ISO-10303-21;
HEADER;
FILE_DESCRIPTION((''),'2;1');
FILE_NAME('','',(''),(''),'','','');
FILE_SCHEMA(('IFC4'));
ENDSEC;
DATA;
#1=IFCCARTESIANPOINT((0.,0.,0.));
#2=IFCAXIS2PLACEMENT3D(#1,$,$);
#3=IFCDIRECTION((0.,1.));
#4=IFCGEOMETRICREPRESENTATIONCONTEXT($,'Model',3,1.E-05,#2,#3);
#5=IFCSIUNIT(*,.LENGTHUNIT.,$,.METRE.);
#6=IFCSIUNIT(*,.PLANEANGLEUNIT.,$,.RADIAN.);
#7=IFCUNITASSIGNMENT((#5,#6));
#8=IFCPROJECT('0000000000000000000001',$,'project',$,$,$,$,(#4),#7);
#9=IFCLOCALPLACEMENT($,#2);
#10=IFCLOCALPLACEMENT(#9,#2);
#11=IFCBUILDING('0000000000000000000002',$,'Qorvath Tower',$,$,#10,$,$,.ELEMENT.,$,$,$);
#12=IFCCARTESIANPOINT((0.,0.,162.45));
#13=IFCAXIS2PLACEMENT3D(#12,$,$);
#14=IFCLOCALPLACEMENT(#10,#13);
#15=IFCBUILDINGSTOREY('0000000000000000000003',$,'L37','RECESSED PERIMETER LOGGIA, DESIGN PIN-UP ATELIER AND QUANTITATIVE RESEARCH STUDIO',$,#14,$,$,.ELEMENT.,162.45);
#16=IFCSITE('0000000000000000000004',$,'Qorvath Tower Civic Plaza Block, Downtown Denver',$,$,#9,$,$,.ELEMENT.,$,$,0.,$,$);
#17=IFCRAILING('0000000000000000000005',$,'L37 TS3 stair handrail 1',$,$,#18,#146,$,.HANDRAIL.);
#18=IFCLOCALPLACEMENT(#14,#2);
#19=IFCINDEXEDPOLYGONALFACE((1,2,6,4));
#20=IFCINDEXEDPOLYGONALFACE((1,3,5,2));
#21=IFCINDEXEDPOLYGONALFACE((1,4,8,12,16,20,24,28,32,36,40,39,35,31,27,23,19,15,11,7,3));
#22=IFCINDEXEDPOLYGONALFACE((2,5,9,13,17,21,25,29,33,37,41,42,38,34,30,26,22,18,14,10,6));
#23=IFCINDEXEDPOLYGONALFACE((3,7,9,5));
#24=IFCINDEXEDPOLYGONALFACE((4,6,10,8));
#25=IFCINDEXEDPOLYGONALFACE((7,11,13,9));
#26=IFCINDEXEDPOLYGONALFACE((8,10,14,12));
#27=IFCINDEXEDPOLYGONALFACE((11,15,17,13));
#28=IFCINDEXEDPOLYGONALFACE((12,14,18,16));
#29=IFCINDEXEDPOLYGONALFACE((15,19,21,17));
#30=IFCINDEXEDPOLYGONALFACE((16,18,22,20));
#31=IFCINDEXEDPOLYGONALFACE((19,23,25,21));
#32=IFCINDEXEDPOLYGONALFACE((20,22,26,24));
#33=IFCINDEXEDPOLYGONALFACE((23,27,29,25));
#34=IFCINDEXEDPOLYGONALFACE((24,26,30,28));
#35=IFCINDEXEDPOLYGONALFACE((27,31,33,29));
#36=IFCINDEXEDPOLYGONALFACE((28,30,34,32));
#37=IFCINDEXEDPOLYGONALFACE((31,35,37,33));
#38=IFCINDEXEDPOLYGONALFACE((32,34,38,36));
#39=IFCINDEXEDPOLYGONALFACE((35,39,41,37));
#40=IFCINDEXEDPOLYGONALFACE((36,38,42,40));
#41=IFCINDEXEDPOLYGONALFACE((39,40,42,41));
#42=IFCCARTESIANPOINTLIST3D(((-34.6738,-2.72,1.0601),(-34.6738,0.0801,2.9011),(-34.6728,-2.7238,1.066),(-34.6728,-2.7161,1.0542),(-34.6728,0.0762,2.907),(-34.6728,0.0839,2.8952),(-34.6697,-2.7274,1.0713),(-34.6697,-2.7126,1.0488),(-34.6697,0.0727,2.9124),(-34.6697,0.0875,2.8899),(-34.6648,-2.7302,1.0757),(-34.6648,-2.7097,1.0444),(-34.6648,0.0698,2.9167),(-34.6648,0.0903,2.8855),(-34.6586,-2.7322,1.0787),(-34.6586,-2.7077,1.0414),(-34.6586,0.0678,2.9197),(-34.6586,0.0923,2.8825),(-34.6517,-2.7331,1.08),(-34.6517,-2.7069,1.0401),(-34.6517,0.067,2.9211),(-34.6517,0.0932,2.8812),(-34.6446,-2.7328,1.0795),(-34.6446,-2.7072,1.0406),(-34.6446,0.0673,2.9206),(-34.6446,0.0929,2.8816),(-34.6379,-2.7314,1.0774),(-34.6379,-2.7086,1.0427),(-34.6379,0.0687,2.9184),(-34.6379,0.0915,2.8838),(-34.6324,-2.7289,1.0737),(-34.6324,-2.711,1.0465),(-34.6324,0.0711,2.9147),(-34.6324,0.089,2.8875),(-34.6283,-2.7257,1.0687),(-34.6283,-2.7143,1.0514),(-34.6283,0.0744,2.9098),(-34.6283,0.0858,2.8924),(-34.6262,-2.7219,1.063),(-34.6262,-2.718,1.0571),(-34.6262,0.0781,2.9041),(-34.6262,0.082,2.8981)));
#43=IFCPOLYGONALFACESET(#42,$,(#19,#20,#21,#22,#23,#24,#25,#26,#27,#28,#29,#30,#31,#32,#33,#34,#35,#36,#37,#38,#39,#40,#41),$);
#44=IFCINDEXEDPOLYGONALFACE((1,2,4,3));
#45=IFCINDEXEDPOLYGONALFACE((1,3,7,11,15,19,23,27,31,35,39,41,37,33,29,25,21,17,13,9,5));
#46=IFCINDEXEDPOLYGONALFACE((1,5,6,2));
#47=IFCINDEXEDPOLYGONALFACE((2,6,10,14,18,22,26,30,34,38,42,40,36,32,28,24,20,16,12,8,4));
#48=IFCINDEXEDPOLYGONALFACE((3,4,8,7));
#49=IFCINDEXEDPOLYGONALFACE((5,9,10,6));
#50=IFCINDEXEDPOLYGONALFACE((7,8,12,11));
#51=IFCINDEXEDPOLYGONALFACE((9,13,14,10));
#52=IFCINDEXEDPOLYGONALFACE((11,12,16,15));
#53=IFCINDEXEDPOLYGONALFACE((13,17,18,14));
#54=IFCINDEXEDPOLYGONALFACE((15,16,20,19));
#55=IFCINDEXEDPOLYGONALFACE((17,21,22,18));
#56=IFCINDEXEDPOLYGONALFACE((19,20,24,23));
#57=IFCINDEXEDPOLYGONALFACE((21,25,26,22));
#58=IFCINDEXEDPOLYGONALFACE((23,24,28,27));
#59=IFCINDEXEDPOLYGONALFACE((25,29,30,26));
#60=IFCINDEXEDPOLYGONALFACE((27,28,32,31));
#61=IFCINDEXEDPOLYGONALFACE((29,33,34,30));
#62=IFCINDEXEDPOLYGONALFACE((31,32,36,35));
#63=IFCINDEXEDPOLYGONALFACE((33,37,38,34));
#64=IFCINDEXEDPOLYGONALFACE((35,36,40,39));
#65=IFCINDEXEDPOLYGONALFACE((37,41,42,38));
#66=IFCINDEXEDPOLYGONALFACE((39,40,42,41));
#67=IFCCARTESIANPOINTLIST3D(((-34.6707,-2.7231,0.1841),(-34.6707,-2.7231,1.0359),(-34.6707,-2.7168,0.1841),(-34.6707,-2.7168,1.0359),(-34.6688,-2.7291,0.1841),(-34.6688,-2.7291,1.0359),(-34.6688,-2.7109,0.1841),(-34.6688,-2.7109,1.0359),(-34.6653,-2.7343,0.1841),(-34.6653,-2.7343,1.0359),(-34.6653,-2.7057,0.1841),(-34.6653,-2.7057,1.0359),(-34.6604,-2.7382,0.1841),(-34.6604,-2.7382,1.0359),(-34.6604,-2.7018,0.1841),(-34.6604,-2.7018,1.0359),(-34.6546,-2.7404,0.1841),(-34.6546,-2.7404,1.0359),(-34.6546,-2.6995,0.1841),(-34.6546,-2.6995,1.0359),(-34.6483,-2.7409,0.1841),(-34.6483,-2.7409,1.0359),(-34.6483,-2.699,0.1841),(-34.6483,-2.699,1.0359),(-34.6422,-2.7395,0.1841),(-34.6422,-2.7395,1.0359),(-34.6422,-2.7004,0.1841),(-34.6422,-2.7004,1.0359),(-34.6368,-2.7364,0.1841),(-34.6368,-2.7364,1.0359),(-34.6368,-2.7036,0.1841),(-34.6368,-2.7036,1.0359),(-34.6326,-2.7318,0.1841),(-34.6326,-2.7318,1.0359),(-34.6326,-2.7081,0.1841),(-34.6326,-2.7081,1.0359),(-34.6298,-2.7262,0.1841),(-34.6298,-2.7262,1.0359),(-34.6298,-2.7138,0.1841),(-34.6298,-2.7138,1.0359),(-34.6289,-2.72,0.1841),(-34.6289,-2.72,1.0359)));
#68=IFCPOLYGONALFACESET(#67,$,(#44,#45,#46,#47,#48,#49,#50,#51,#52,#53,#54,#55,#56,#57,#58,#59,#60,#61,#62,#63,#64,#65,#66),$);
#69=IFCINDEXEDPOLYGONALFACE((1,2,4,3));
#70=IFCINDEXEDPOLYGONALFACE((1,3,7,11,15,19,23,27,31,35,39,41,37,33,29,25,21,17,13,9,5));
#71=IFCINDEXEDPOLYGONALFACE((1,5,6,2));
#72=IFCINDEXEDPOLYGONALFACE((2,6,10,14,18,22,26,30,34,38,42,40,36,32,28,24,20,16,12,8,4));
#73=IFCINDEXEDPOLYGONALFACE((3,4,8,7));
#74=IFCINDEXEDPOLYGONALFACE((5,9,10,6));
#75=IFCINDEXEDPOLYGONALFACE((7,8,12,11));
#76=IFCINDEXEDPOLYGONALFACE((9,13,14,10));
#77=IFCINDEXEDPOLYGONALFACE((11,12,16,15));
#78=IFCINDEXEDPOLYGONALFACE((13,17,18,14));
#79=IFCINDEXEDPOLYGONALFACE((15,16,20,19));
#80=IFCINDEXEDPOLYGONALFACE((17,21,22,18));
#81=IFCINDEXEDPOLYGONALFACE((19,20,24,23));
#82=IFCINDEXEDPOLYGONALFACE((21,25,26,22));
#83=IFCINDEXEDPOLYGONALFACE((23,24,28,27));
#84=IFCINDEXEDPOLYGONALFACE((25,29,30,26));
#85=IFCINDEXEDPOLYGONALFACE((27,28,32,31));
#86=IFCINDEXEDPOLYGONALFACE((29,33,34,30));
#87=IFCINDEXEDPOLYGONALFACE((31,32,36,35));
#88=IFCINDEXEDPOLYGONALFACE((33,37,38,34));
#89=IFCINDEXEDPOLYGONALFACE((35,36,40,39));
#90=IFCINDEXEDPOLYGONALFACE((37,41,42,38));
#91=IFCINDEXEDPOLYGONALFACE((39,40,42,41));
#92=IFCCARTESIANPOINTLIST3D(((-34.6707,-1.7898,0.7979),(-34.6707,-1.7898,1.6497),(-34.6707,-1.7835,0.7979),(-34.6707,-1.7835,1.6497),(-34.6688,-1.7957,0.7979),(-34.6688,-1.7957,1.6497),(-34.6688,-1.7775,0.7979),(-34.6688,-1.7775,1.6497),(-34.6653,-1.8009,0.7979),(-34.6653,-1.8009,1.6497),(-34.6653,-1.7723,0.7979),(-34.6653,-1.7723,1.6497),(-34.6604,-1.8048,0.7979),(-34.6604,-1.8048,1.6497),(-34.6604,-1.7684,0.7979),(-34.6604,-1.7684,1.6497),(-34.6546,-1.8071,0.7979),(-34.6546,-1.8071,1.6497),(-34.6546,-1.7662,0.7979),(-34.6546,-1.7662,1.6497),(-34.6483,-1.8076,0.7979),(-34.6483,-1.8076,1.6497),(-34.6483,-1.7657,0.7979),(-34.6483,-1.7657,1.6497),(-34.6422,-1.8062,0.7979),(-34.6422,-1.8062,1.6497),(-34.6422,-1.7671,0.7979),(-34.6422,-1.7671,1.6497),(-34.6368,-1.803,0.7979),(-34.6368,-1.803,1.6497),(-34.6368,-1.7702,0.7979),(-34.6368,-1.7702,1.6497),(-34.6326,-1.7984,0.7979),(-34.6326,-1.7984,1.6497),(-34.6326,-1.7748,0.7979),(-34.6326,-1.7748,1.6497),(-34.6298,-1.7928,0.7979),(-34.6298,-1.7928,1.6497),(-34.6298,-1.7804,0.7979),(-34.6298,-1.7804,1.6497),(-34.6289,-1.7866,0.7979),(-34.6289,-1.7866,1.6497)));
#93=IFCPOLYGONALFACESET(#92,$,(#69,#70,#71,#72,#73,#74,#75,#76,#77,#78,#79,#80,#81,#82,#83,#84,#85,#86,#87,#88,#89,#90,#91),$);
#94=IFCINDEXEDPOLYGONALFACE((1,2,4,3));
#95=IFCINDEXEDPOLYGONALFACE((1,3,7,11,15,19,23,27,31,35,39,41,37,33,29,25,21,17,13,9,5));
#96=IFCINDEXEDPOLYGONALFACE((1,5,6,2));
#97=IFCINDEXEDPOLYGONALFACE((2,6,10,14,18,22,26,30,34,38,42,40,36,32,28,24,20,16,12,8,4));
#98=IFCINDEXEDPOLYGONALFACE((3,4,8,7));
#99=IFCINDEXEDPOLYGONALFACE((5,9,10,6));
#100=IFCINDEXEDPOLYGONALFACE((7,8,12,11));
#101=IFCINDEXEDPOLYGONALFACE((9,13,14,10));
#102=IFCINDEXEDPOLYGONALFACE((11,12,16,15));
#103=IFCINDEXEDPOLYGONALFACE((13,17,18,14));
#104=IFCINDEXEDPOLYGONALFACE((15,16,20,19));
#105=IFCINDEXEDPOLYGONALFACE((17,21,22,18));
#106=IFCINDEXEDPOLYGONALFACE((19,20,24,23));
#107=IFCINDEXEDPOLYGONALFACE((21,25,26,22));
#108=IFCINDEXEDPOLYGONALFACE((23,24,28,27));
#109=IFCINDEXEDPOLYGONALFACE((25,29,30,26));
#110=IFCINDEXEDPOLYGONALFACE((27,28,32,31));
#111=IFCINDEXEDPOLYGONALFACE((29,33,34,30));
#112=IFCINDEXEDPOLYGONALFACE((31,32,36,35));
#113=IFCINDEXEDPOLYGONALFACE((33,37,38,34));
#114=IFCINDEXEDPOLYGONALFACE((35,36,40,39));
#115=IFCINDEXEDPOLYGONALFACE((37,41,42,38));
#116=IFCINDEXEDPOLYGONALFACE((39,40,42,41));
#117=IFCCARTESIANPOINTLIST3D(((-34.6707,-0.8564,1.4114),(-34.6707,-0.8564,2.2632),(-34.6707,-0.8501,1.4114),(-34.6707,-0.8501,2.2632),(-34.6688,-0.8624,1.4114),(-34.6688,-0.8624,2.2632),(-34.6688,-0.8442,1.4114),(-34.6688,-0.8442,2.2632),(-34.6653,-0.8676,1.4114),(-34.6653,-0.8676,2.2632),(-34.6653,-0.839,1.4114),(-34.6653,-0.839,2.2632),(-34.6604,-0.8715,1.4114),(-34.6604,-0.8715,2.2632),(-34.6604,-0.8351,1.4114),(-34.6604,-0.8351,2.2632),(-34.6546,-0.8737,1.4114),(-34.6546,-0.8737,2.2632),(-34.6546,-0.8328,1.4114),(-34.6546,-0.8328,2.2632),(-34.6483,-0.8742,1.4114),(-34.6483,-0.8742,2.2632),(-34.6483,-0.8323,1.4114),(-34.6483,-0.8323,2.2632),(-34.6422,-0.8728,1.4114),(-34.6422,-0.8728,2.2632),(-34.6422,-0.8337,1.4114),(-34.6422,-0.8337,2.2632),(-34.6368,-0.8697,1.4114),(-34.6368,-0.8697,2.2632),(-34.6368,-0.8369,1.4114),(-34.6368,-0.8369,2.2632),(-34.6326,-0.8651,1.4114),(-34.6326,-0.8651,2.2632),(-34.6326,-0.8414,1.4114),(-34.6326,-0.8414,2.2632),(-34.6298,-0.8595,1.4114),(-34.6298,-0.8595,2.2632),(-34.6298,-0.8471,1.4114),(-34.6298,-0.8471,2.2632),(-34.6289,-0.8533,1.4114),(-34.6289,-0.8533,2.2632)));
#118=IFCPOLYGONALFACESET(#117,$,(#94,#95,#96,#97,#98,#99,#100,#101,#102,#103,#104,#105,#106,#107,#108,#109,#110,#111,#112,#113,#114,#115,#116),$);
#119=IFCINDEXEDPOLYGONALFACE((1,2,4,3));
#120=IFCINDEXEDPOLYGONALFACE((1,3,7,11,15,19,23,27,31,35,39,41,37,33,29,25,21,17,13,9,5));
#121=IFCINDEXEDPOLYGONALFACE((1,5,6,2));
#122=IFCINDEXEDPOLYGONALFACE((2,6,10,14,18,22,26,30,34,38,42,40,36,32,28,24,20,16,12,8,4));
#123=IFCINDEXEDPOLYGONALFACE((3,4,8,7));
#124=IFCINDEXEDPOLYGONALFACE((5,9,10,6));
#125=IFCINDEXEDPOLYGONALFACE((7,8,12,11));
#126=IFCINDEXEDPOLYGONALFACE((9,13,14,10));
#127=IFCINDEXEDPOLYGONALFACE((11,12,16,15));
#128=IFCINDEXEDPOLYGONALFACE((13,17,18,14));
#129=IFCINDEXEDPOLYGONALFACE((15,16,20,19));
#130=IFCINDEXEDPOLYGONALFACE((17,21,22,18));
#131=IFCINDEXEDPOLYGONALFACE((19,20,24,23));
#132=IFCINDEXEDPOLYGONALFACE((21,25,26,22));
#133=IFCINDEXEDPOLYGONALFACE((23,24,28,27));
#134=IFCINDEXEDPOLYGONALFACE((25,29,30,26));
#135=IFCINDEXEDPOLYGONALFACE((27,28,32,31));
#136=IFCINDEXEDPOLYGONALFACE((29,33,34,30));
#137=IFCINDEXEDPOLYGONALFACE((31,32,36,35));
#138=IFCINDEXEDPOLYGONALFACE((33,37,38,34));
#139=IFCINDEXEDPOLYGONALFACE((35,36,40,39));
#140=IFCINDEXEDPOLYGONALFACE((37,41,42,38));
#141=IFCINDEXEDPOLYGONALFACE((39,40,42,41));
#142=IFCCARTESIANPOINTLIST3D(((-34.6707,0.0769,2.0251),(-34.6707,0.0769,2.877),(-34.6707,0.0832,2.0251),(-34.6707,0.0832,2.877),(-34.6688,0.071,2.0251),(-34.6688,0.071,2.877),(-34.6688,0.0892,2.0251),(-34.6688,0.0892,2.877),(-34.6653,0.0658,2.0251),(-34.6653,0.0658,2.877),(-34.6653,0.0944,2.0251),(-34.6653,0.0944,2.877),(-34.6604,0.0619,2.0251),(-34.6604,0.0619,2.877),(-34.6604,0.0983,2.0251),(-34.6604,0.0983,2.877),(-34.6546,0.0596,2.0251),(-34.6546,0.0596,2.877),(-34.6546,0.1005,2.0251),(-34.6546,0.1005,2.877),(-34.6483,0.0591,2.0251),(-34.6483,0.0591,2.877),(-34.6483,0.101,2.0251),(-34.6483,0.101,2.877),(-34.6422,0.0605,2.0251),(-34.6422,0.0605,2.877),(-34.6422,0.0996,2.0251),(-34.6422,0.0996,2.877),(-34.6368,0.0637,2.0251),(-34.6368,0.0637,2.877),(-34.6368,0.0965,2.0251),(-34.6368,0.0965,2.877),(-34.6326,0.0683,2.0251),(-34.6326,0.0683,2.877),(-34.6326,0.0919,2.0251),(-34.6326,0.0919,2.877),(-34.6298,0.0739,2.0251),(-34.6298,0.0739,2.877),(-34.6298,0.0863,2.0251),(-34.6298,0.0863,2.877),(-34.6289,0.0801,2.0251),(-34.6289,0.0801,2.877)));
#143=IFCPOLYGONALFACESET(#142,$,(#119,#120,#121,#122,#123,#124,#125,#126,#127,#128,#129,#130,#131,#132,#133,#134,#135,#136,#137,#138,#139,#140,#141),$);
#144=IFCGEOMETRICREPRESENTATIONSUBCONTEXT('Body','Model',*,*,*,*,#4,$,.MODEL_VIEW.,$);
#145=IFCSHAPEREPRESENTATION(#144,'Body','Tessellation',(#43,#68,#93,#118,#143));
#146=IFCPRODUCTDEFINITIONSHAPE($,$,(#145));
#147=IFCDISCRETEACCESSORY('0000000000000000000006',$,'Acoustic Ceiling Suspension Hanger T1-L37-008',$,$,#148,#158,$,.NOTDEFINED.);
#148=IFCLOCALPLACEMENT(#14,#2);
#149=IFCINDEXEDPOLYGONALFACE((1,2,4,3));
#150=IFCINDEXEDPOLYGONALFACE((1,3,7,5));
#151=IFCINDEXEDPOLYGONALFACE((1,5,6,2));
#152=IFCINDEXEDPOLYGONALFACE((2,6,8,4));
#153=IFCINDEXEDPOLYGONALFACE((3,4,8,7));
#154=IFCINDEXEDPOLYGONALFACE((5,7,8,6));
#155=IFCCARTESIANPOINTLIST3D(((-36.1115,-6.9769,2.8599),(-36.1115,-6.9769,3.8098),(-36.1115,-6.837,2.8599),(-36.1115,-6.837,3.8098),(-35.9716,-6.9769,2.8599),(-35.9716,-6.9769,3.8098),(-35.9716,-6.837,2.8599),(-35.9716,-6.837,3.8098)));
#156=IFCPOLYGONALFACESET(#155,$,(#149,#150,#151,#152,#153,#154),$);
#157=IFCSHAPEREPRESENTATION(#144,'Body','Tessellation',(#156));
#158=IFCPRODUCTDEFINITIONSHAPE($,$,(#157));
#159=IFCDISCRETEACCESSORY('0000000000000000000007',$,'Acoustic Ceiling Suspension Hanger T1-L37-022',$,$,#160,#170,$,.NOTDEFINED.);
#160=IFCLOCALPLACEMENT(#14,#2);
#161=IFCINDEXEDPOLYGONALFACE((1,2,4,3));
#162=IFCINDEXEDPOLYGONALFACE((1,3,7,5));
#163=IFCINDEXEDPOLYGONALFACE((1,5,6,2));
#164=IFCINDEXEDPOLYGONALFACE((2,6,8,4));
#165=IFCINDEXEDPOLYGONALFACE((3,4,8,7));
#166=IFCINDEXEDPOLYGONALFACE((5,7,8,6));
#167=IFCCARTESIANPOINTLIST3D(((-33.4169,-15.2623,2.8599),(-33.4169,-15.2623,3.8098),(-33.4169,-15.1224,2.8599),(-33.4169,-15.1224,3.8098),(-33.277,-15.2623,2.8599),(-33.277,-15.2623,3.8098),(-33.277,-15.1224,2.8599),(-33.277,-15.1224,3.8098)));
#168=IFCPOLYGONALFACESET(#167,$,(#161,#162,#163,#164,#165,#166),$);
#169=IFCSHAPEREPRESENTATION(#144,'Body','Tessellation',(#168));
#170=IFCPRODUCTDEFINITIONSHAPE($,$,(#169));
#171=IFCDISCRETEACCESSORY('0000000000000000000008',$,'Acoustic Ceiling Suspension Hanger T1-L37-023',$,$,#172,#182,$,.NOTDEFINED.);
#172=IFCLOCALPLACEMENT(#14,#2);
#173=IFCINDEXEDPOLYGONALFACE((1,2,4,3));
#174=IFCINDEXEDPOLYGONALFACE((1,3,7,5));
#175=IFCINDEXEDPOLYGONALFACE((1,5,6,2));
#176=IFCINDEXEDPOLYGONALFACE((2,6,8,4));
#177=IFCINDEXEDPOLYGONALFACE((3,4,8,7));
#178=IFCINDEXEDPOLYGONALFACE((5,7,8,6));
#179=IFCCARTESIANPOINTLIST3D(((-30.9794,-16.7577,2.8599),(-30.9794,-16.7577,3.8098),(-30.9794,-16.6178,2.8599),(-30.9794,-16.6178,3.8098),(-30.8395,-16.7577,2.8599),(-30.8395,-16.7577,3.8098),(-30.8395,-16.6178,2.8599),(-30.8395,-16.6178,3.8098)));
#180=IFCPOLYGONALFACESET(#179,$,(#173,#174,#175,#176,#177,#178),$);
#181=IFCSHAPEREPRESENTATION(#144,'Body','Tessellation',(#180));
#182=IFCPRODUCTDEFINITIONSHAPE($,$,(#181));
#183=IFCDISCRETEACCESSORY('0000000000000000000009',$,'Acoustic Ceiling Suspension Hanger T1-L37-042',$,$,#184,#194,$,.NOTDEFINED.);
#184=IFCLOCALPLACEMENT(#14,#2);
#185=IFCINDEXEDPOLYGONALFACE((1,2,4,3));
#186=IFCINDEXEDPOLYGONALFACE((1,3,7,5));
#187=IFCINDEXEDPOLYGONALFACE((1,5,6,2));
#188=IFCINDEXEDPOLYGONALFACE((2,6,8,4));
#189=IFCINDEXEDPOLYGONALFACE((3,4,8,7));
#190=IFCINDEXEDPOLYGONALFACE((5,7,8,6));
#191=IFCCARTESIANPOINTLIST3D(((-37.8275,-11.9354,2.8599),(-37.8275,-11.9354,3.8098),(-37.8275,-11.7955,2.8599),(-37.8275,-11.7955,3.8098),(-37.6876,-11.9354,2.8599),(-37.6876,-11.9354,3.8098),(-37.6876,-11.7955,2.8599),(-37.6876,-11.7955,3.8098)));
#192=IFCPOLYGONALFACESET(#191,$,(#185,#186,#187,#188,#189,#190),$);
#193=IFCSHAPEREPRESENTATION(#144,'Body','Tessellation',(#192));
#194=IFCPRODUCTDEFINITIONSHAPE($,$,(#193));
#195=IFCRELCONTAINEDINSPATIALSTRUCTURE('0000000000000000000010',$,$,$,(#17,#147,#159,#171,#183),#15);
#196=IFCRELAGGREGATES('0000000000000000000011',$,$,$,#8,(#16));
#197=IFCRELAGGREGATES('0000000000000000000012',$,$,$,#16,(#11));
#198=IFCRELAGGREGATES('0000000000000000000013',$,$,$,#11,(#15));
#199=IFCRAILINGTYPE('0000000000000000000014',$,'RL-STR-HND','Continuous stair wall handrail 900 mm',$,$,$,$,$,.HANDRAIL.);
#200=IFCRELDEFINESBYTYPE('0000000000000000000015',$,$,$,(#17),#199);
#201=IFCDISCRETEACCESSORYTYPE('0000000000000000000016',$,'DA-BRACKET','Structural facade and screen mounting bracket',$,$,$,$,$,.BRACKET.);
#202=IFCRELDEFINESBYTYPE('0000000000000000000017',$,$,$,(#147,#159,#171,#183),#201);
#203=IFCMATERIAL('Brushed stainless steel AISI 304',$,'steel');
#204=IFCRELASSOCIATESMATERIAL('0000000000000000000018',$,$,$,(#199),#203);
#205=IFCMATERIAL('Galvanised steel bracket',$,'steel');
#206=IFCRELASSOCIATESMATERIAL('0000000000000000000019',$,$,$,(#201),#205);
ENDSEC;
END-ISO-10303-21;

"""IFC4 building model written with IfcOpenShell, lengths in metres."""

from ifc_helpers import new_model, si_unit, direction, frame, origin, origin_2d, place, context, subcontext, project, spatial, rectangle, circle, extrude, material, type_object, element, save


model = new_model("IFC4")

# Units and contexts
model_context = context("Model", 3, precision=1e-05, world=origin(), true_north=direction((0.0, 1.0)))
body_context = subcontext(model_context, "Body", "Model", "MODEL_VIEW")
ifc_project = project(units=[si_unit("LENGTHUNIT", "METRE"), si_unit("PLANEANGLEUNIT", "RADIAN")], contexts=[model_context])

# Site, building, storey
site_placement = place(None, origin())
site = spatial("IfcSite", under=ifc_project, at=site_placement, Name="Qorvath Tower Civic Plaza Block, Downtown Denver", CompositionType="ELEMENT", RefElevation=0.0)
building_placement = place(site_placement, origin())
building = spatial("IfcBuilding", under=site, at=building_placement, Name="Qorvath Tower", CompositionType="ELEMENT")
storey_placement = place(building_placement, frame((0.0, 0.0, 162.45)))
storey = spatial("IfcBuildingStorey", under=building, at=storey_placement, Name="L37", Description="RECESSED PERIMETER LOGGIA, DESIGN PIN-UP ATELIER AND QUANTITATIVE RESEARCH STUDIO", CompositionType="ELEMENT", Elevation=162.45)

# Railing
ifc_material_1 = material(Name="Brushed stainless steel AISI 304", Category="steel")
railing_type_1 = type_object("IfcRailingType", Name="RL-STR-HND", Description="Continuous stair wall handrail 900 mm", PredefinedType="HANDRAIL", material=ifc_material_1)
railing_1_placement = place(storey_placement, frame((-34.6499, -2.72, 0.1841)))
element("IfcRailing", 1, at=railing_1_placement, inside=storey, type_object=railing_type_1, Name="L37 TS3 stair handrail 1", PredefinedType="HANDRAIL", context=body_context, shape_type="SweptSolid", body=[
    extrude(circle(Radius=0.0239, at=origin_2d()), frame((0.0, 0.0, 0.876), z_axis=(0.0, 0.835564, 0.549393), x_axis=(-1.0, 0.0, 0.0)), (0.0, 0.0, 1.0), 3.3511),
    extrude(circle(Radius=0.021, at=origin_2d()), origin(), (0.0, 0.0, 1.0), 0.8518),
    extrude(circle(Radius=0.021, at=origin_2d()), frame((0.0, 0.9333, 0.6138)), (0.0, 0.0, 1.0), 0.8518),
    extrude(circle(Radius=0.021, at=origin_2d()), frame((0.0, 1.8667, 1.2273)), (0.0, 0.0, 1.0), 0.8518),
    extrude(circle(Radius=0.021, at=origin_2d()), frame((0.0, 2.8, 1.8411)), (0.0, 0.0, 1.0), 0.8518),
])

# Discrete accessories
ifc_material_2 = material(Name="Galvanised steel bracket", Category="steel")
discrete_accessory_type = type_object("IfcDiscreteAccessoryType", Name="DA-BRACKET", Description="Structural facade and screen mounting bracket", PredefinedType="BRACKET", material=ifc_material_2)
for number, where, z_axis, x_axis, name in (
    (2, (-36.0415, -6.907, 2.8599), (0.0, 0.0, 1.0), (1.0, 0.0, 0.0), "Acoustic Ceiling Suspension Hanger T1-L37-008"),
    (3, (-33.3469, -15.1924, 2.8599), (0.0, 0.0, 1.0), (1.0, 0.0, 0.0), "Acoustic Ceiling Suspension Hanger T1-L37-022"),
    (4, (-30.9094, -16.6877, 2.8599), (0.0, 0.0, 1.0), (1.0, 0.0, 0.0), "Acoustic Ceiling Suspension Hanger T1-L37-023"),
    (5, (-37.7576, -11.8655, 2.8599), (0.0, 0.0, 1.0), (1.0, 0.0, 0.0), "Acoustic Ceiling Suspension Hanger T1-L37-042"),
):
    element("IfcDiscreteAccessory", number, at=place(storey_placement, frame(where, z_axis=z_axis, x_axis=x_axis)), inside=storey, type_object=discrete_accessory_type, Name=name, PredefinedType="NOTDEFINED", context=body_context, shape_type="SweptSolid", body=[
        extrude(rectangle(XDim=0.1399, YDim=0.1399, at=origin_2d()), origin(), (0.0, 0.0, 1.0), 0.95),
    ])

save(model, "model.ifc")
